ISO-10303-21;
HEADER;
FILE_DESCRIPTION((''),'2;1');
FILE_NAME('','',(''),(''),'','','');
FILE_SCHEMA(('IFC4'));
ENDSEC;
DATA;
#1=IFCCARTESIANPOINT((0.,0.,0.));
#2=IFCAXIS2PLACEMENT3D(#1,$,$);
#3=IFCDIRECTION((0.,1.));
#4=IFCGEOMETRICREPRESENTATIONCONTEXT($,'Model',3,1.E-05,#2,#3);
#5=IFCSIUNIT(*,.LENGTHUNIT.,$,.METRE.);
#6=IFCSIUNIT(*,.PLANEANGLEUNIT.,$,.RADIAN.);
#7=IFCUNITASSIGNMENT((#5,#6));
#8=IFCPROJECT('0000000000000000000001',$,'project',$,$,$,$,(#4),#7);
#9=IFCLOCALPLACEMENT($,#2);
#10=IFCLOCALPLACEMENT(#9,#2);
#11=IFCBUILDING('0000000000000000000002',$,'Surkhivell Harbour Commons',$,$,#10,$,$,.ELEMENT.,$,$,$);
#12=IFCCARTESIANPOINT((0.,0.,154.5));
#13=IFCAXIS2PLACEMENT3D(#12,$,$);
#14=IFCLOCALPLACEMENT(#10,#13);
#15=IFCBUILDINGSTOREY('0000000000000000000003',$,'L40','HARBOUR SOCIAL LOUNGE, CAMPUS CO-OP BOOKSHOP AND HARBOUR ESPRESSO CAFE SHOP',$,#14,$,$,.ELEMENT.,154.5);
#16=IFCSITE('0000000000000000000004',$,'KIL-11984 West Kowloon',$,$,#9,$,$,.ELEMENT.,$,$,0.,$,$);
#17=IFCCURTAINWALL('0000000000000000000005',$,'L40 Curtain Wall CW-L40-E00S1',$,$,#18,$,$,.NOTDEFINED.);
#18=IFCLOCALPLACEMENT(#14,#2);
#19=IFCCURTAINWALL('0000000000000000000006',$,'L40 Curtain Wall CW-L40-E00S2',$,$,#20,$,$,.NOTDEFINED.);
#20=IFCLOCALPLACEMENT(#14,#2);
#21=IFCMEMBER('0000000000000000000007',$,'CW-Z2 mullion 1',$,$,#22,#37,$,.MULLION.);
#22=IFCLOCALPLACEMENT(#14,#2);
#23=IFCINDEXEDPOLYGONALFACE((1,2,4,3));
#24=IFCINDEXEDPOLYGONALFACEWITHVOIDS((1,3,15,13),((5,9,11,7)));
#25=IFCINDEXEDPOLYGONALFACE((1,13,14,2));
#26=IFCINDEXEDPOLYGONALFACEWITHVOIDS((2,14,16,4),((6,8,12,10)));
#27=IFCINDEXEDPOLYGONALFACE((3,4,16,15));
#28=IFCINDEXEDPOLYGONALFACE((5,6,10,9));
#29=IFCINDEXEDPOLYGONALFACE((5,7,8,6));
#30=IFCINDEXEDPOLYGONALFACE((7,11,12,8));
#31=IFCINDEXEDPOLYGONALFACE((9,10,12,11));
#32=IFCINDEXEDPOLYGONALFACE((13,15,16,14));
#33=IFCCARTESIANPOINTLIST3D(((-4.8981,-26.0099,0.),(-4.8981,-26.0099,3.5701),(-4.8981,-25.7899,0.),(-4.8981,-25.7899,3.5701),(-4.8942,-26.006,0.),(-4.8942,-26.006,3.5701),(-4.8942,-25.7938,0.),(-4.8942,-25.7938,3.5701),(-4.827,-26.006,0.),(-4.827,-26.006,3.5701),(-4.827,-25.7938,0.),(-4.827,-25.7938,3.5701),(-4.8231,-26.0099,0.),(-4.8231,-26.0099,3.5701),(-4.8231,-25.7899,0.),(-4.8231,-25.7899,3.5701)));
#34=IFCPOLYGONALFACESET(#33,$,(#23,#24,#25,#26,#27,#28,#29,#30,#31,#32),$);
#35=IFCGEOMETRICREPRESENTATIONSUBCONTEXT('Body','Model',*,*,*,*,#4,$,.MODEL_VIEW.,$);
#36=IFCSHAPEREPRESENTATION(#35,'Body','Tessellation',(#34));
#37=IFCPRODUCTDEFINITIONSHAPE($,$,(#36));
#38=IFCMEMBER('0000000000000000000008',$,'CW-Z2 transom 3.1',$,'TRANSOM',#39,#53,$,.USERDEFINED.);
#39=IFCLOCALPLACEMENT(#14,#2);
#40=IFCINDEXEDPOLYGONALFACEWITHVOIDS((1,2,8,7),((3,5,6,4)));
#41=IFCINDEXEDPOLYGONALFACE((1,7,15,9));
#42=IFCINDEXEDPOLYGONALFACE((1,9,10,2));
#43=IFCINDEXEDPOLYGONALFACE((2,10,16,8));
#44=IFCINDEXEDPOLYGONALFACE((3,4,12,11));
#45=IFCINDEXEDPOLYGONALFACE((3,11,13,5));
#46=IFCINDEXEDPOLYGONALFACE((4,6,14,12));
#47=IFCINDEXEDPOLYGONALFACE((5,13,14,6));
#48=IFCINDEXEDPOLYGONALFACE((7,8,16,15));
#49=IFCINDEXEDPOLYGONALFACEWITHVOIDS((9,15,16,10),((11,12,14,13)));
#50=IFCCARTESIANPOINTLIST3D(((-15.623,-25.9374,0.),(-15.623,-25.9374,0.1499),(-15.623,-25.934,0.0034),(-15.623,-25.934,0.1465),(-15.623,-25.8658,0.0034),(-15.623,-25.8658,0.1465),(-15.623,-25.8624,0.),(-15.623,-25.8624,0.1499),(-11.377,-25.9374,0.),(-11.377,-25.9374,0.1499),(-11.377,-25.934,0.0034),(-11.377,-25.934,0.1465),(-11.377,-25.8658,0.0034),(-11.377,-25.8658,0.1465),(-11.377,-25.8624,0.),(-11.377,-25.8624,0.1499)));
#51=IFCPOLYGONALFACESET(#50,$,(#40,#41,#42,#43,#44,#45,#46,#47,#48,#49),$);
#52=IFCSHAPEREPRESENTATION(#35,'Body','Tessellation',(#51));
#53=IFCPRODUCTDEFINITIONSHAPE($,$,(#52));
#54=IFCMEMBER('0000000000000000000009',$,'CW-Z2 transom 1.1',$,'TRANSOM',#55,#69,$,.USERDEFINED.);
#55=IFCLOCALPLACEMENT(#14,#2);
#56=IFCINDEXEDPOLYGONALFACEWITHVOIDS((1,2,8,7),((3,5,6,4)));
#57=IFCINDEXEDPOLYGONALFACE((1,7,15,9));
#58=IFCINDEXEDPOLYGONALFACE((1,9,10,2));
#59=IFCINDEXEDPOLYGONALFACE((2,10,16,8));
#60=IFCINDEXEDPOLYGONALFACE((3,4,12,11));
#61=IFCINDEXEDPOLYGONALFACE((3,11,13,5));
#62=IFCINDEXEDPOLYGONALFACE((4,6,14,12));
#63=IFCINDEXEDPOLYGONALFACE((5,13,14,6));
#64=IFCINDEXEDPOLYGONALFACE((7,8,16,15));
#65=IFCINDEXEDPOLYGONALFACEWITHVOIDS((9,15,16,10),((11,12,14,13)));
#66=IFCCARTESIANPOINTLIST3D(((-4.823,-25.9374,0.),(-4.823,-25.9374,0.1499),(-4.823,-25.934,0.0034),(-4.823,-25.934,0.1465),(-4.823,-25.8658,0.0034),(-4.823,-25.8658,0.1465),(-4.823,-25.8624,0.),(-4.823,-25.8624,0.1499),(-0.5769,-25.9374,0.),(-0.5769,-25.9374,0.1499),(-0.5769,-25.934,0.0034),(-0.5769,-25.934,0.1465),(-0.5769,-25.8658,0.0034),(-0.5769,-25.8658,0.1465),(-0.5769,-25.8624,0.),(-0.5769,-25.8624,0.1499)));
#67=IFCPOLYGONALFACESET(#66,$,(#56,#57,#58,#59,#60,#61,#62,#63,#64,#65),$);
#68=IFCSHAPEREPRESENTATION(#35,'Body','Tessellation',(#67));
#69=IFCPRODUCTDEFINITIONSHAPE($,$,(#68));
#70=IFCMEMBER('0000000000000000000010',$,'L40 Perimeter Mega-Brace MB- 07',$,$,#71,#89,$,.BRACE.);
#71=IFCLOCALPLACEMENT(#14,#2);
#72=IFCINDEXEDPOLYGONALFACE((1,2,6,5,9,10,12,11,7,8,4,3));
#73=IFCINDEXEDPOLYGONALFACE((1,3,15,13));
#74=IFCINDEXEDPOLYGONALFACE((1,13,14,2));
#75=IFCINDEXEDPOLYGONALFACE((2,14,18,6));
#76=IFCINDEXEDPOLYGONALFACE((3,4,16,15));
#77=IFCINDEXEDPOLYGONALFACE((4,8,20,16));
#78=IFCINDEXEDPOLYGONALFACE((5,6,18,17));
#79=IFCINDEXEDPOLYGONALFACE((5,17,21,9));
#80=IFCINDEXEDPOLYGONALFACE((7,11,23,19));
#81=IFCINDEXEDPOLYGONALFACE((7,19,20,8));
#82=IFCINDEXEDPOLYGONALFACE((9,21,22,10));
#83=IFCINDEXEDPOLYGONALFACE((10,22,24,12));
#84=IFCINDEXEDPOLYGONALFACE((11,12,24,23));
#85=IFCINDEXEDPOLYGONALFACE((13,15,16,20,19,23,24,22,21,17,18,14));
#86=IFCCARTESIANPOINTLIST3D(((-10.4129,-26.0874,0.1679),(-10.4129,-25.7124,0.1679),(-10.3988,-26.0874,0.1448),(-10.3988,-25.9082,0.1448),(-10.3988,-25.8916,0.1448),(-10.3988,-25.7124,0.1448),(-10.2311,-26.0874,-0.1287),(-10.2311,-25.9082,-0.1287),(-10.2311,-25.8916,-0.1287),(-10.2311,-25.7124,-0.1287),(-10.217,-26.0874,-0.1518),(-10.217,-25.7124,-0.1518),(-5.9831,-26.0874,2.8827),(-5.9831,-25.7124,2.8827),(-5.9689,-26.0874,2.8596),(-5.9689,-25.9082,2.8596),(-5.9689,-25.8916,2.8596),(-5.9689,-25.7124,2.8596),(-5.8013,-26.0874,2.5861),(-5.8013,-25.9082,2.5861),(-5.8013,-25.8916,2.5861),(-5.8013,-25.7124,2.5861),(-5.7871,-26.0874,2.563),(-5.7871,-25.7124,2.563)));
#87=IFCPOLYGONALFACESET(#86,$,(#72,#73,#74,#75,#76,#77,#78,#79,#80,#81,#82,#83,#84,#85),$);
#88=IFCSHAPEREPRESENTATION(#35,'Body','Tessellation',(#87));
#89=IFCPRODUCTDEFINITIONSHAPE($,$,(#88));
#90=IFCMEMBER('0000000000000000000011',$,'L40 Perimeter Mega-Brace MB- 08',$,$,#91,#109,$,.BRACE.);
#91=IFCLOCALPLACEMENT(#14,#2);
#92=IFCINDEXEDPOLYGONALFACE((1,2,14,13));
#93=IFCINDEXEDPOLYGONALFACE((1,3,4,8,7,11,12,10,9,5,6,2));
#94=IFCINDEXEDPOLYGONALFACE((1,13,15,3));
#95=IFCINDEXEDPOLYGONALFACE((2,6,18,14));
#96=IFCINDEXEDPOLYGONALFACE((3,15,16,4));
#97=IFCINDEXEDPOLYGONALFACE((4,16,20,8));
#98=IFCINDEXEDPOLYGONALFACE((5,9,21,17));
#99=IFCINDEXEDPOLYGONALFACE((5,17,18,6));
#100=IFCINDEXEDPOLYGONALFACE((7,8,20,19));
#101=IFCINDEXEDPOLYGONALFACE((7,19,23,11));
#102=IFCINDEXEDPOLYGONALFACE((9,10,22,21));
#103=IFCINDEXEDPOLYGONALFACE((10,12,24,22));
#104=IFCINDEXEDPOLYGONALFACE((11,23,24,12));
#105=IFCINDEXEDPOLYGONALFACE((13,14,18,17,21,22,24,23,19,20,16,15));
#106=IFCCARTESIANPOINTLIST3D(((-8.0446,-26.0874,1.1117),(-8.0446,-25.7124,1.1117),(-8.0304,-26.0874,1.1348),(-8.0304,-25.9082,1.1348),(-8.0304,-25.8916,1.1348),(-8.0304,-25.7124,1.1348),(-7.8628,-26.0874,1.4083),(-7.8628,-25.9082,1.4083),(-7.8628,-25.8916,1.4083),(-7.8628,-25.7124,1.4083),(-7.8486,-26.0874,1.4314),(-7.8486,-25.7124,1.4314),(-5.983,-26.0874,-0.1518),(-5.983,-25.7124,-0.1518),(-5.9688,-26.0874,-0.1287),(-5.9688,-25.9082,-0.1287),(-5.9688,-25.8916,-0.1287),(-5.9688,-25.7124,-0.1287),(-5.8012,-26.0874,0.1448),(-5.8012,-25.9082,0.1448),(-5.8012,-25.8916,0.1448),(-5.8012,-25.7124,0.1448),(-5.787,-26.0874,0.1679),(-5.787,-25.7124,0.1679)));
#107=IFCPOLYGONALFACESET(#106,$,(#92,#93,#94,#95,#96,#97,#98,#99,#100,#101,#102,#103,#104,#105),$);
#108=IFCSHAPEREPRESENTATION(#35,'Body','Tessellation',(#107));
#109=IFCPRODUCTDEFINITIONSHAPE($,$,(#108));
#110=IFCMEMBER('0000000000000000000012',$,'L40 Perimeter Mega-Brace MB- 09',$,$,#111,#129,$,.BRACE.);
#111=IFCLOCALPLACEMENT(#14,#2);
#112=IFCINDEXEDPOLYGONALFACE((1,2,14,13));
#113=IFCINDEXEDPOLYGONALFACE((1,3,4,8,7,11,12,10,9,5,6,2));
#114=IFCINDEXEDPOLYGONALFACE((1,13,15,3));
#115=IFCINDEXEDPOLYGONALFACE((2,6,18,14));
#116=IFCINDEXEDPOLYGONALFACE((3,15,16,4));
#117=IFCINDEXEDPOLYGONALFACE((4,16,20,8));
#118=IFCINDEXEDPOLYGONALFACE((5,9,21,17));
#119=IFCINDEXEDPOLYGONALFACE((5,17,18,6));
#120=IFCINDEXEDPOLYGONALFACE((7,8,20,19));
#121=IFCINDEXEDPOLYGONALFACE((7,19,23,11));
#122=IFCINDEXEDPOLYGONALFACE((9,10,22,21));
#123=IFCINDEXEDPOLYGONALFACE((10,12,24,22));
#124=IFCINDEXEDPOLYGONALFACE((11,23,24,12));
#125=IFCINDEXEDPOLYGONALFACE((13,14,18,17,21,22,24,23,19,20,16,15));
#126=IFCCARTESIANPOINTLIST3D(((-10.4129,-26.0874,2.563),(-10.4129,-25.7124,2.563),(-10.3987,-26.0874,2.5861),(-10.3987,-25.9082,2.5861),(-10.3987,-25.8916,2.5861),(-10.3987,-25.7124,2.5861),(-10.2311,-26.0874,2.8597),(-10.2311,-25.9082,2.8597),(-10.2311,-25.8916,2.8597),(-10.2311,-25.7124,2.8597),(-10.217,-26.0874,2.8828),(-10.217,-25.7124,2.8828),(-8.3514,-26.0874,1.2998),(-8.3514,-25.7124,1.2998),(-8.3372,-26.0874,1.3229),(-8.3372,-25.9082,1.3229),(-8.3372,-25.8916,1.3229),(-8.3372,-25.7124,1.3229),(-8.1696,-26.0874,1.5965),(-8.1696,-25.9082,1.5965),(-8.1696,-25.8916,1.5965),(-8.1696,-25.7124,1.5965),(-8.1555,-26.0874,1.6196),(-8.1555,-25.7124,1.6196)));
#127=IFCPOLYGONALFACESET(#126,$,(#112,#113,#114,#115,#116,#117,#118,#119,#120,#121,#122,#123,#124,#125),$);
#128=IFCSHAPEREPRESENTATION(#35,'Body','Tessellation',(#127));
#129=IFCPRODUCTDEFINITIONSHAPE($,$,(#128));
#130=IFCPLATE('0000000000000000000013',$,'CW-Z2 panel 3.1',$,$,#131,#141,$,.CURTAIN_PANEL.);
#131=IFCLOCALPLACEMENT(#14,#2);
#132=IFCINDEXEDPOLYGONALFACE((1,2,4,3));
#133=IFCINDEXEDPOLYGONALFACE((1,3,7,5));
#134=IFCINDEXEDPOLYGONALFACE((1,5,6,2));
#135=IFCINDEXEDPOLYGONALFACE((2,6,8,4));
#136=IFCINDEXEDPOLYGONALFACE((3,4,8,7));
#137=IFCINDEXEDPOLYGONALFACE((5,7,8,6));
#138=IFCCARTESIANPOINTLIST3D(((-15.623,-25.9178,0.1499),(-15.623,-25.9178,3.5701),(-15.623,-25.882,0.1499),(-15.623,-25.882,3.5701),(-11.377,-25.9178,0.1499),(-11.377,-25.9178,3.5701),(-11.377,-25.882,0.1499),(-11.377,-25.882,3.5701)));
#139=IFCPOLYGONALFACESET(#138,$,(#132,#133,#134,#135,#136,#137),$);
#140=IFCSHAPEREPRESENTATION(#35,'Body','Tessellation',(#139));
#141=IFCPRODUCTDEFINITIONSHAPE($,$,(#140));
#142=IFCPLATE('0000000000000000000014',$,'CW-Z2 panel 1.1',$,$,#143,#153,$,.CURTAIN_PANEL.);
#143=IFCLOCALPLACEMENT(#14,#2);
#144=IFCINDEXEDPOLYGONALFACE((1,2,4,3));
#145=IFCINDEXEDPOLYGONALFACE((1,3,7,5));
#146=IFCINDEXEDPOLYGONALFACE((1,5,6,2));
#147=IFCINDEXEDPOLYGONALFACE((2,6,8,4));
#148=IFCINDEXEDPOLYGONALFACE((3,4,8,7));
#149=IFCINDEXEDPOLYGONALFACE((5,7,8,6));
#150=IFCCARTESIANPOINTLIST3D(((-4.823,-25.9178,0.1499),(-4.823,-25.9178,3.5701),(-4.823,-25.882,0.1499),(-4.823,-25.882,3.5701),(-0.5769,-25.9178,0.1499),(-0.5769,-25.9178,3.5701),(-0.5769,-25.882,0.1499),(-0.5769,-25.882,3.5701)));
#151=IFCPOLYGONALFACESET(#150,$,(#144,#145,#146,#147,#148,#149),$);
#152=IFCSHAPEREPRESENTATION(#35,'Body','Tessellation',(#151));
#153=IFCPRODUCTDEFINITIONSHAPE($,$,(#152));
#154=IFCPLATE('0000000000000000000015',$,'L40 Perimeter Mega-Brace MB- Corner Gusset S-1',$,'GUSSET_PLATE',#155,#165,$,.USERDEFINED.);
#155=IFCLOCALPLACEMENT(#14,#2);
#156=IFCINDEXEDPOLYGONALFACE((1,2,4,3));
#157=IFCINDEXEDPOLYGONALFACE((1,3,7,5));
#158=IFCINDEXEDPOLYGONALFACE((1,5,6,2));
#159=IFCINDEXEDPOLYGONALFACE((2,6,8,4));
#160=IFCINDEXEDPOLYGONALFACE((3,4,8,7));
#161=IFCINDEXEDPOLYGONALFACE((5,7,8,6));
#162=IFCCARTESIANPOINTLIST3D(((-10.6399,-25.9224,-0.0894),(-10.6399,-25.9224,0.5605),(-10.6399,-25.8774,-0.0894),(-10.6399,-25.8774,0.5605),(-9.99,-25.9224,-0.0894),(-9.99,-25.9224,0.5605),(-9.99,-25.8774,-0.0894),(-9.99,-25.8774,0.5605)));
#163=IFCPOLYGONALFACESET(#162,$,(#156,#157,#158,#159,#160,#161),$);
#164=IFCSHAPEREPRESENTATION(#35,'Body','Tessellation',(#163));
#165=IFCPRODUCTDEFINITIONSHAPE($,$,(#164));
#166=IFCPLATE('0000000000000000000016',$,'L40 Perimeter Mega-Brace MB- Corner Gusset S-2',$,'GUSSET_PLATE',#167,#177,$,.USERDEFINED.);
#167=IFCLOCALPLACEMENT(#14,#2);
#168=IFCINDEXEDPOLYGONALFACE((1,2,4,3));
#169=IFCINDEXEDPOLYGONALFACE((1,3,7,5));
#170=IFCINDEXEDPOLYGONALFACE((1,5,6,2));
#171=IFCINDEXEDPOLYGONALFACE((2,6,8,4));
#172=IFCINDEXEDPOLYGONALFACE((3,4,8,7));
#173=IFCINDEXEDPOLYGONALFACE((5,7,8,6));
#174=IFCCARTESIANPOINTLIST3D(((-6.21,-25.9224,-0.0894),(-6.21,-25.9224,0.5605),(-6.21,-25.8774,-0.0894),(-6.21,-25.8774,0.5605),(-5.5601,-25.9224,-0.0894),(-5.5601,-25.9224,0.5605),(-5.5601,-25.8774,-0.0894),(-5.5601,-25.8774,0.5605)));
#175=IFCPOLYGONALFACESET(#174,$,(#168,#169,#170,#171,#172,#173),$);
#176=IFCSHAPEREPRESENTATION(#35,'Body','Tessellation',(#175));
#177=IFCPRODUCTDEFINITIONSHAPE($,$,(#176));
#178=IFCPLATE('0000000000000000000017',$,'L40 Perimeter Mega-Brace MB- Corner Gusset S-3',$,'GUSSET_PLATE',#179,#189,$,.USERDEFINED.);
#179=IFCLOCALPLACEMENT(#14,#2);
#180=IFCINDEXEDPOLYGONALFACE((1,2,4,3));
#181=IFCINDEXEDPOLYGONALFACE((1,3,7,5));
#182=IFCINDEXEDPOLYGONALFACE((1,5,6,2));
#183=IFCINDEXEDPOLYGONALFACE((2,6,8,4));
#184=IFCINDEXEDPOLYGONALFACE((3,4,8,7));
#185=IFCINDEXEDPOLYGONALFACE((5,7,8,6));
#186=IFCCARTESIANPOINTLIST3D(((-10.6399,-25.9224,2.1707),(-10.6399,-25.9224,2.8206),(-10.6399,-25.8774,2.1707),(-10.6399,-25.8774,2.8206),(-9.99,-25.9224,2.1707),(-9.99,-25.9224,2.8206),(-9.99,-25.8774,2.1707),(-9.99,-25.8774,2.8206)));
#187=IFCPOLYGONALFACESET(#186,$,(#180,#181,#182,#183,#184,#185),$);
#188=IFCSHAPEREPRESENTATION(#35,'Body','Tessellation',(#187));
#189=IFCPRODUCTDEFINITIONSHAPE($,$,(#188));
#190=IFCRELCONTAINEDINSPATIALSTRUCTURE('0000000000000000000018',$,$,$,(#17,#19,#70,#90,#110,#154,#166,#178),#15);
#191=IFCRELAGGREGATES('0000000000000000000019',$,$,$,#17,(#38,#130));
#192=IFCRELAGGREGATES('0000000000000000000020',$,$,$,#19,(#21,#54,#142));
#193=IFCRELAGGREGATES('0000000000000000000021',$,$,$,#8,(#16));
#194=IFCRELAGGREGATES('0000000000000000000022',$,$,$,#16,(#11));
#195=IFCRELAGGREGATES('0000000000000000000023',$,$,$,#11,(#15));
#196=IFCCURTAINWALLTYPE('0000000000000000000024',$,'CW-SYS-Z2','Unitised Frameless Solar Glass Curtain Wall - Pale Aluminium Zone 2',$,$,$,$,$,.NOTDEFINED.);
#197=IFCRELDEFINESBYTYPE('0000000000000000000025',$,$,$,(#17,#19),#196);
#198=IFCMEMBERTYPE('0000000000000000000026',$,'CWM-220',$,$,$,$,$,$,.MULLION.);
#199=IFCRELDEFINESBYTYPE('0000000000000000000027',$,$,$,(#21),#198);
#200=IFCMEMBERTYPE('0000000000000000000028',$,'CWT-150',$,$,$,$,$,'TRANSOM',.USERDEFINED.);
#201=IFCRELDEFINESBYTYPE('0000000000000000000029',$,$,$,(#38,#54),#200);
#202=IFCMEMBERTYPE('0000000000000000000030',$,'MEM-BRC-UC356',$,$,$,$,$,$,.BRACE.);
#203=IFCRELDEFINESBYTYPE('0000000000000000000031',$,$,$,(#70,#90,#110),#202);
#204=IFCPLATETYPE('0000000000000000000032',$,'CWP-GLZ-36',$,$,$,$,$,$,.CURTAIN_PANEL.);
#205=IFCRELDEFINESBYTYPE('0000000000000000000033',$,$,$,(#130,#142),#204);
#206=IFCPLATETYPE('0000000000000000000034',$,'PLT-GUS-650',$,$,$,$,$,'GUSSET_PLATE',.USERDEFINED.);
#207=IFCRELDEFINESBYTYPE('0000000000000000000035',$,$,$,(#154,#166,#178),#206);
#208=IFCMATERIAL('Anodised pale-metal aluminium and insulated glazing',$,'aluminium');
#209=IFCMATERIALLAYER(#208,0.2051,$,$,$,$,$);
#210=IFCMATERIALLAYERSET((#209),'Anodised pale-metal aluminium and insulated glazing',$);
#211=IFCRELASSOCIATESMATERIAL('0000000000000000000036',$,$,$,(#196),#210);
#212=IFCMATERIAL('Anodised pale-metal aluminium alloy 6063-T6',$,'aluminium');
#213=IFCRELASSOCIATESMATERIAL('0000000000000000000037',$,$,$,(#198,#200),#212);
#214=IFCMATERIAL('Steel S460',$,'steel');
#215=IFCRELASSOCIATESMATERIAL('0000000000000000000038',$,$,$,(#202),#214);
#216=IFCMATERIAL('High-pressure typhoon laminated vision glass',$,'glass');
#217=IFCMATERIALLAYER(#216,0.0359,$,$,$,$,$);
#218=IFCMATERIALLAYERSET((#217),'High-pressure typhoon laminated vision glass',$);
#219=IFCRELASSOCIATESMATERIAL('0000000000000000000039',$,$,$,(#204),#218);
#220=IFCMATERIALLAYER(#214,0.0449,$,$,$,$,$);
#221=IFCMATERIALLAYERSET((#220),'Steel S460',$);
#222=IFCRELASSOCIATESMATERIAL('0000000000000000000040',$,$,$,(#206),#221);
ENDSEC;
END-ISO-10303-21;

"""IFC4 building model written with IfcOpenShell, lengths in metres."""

from ifc_helpers import new_model, si_unit, direction, frame, frame_2d, origin, origin_2d, place, context, subcontext, project, spatial, rectangle, hollow_rectangle, i_section, extrude, material, layer, layer_set, material_profile, profile_set, type_object, element, aggregate, save


model = new_model("IFC4")

# Units and contexts
model_context = context("Model", 3, precision=1e-05, world=origin(), true_north=direction((0.0, 1.0)))
body_context = subcontext(model_context, "Body", "Model", "MODEL_VIEW")
ifc_project = project(units=[si_unit("LENGTHUNIT", "METRE"), si_unit("PLANEANGLEUNIT", "RADIAN")], contexts=[model_context])

# Site, building, storey
site_placement = place(None, origin())
site = spatial("IfcSite", under=ifc_project, at=site_placement, Name="KIL-11984 West Kowloon", CompositionType="ELEMENT", RefElevation=0.0)
building_placement = place(site_placement, origin())
building = spatial("IfcBuilding", under=site, at=building_placement, Name="Surkhivell Harbour Commons", CompositionType="ELEMENT")
storey_placement = place(building_placement, frame((0.0, 0.0, 154.5)))
storey = spatial("IfcBuildingStorey", under=building, at=storey_placement, Name="L40", Description="HARBOUR SOCIAL LOUNGE, CAMPUS CO-OP BOOKSHOP AND HARBOUR ESPRESSO CAFE SHOP", CompositionType="ELEMENT", Elevation=154.5)

# Shared definitions
ifc_material_1 = material(Name="Steel S460", Category="steel")

# Curtain wall
ifc_material_2 = material(Name="Anodised pale-metal aluminium and insulated glazing", Category="aluminium")
ifc_layer_1 = layer(ifc_material_2, 0.2051)
ifc_layer_set_1 = layer_set([ifc_layer_1], Name="Anodised pale-metal aluminium and insulated glazing")
curtain_wall_type = type_object("IfcCurtainWallType", Name="CW-SYS-Z2", Description="Unitised Frameless Solar Glass Curtain Wall - Pale Aluminium Zone 2", PredefinedType="NOTDEFINED", material=ifc_layer_set_1)
curtain_wall_1_placement = place(storey_placement, origin())
curtain_wall_1 = element("IfcCurtainWall", 1, at=curtain_wall_1_placement, inside=storey, type_object=curtain_wall_type, Name="L40 Curtain Wall CW-L40-E00S1", PredefinedType="NOTDEFINED")
ifc_material_3 = material(Name="Anodised pale-metal aluminium alloy 6063-T6", Category="aluminium")
ifc_material_profile_1 = material_profile(ifc_material_3, hollow_rectangle(XDim=0.075, YDim=0.22, WallThickness=0.0039, at=origin_2d()), Name="ALU-MULL-75x220")
ifc_profile_set_1 = profile_set([ifc_material_profile_1], Name="Anodised pale-metal aluminium alloy 6063-T6")
member_type_1 = type_object("IfcMemberType", Name="CWM-220", PredefinedType="MULLION", material=ifc_profile_set_1)

# Curtain wall, member
curtain_wall_2_placement = place(storey_placement, origin())
curtain_wall_2 = element("IfcCurtainWall", 2, at=curtain_wall_2_placement, inside=storey, type_object=curtain_wall_type, Name="L40 Curtain Wall CW-L40-E00S2", PredefinedType="NOTDEFINED")
member_1_placement = place(storey_placement, frame((-4.8606, -25.8999, 0.0), z_axis=(0.0, 0.0, 1.0), x_axis=(1.0, 0.0, 0.0)))
member_1 = element("IfcMember", 3, at=member_1_placement, type_object=member_type_1, Name="CW-Z2 mullion 1", PredefinedType="MULLION", context=body_context, shape_type="SweptSolid", body=[
    extrude(hollow_rectangle(XDim=0.075, YDim=0.22, WallThickness=0.0039, at=origin_2d()), origin(), (0.0, 0.0, 1.0), 3.5701),
])

# Members
ifc_material_profile_2 = material_profile(ifc_material_3, hollow_rectangle(XDim=0.075, YDim=0.1499, WallThickness=0.0034, at=origin_2d()), Name="ALU-TRAN-75x150")
ifc_profile_set_2 = profile_set([ifc_material_profile_2], Name="Anodised pale-metal aluminium alloy 6063-T6")
member_type_2 = type_object("IfcMemberType", Name="CWT-150", ElementType="TRANSOM", PredefinedType="USERDEFINED", material=ifc_profile_set_2)
member_2_placement = place(storey_placement, frame((-15.623, -25.8999, 0.075), z_axis=(1.0, 0.0, 0.0), x_axis=(0.0, 1.0, 0.0)))
member_2 = element("IfcMember", 4, at=member_2_placement, type_object=member_type_2, Name="CW-Z2 transom 3.1", ObjectType="TRANSOM", PredefinedType="USERDEFINED", context=body_context, shape_type="SweptSolid", body=[
    extrude(hollow_rectangle(XDim=0.075, YDim=0.1499, WallThickness=0.0034, at=origin_2d()), origin(), (0.0, 0.0, 1.0), 4.2461),
])
member_3_placement = place(storey_placement, frame((-4.823, -25.8999, 0.075), z_axis=(1.0, 0.0, 0.0), x_axis=(0.0, 1.0, 0.0)))
member_3 = element("IfcMember", 5, at=member_3_placement, type_object=member_type_2, Name="CW-Z2 transom 1.1", ObjectType="TRANSOM", PredefinedType="USERDEFINED", context=body_context, shape_type="SweptSolid", body=[
    extrude(hollow_rectangle(XDim=0.075, YDim=0.1499, WallThickness=0.0034, at=origin_2d()), origin(), (0.0, 0.0, 1.0), 4.2461),
])

# Members
ifc_material_profile_3 = material_profile(ifc_material_1, i_section(OverallWidth=0.375, OverallDepth=0.375, WebThickness=0.0166, FlangeThickness=0.0271, at=origin_2d()), Name="UC356x368x202")
ifc_profile_set_3 = profile_set([ifc_material_profile_3], Name="Steel S460")
member_type_3 = type_object("IfcMemberType", Name="MEM-BRC-UC356", PredefinedType="BRACE", material=ifc_profile_set_3)
member_4_placement = place(storey_placement, frame((-10.3149, -25.8999, 0.0081), z_axis=(0.852625, 0.0, 0.522523), x_axis=(0.0, 1.0, 0.0)))
element("IfcMember", 6, at=member_4_placement, inside=storey, type_object=member_type_3, Name="L40 Perimeter Mega-Brace MB- 07", PredefinedType="BRACE", context=body_context, shape_type="SweptSolid", body=[
    extrude(i_section(OverallWidth=0.375, OverallDepth=0.375, WebThickness=0.0166, FlangeThickness=0.0271, at=origin_2d()), origin(), (0.0, 0.0, 1.0), 5.1956),
])
member_5_placement = place(storey_placement, frame((-5.885, -25.8999, 0.0081), z_axis=(-0.852617, 0.0, 0.522536), x_axis=(0.0, -1.0, 0.0)))
element("IfcMember", 7, at=member_5_placement, inside=storey, type_object=member_type_3, Name="L40 Perimeter Mega-Brace MB- 08", PredefinedType="BRACE", context=body_context, shape_type="SweptSolid", body=[
    extrude(i_section(OverallWidth=0.375, OverallDepth=0.375, WebThickness=0.0166, FlangeThickness=0.0271, at=origin_2d()), origin(), (0.0, 0.0, 1.0), 2.418),
])
member_6_placement = place(storey_placement, frame((-8.2534, -25.8999, 1.4597), z_axis=(-0.852662, 0.0, 0.522463), x_axis=(0.0, -1.0, 0.0)))
element("IfcMember", 8, at=member_6_placement, inside=storey, type_object=member_type_3, Name="L40 Perimeter Mega-Brace MB- 09", PredefinedType="BRACE", context=body_context, shape_type="SweptSolid", body=[
    extrude(i_section(OverallWidth=0.375, OverallDepth=0.375, WebThickness=0.0166, FlangeThickness=0.0271, at=origin_2d()), origin(), (0.0, 0.0, 1.0), 2.4177),
])

# Plates
ifc_material_4 = material(Name="High-pressure typhoon laminated vision glass", Category="glass")
ifc_layer_2 = layer(ifc_material_4, 0.0359)
ifc_layer_set_2 = layer_set([ifc_layer_2], Name="High-pressure typhoon laminated vision glass")
plate_type_1 = type_object("IfcPlateType", Name="CWP-GLZ-36", PredefinedType="CURTAIN_PANEL", material=ifc_layer_set_2)
plate_1_placement = place(storey_placement, frame((-15.623, -25.8999, 0.1499), z_axis=(0.0, 0.0, 1.0), x_axis=(1.0, 0.0, 0.0)))
plate_1 = element("IfcPlate", 9, at=plate_1_placement, type_object=plate_type_1, Name="CW-Z2 panel 3.1", PredefinedType="CURTAIN_PANEL", context=body_context, shape_type="SweptSolid", body=[
    extrude(rectangle(XDim=4.2461, YDim=0.0359, at=frame_2d((2.123, 0.0))), origin(), (0.0, 0.0, 1.0), 3.4202),
])
aggregate(curtain_wall_1, [member_2, plate_1])
plate_2_placement = place(storey_placement, frame((-4.823, -25.8999, 0.1499), z_axis=(0.0, 0.0, 1.0), x_axis=(1.0, 0.0, 0.0)))
plate_2 = element("IfcPlate", 10, at=plate_2_placement, type_object=plate_type_1, Name="CW-Z2 panel 1.1", PredefinedType="CURTAIN_PANEL", context=body_context, shape_type="SweptSolid", body=[
    extrude(rectangle(XDim=4.2461, YDim=0.0359, at=frame_2d((2.123, 0.0))), origin(), (0.0, 0.0, 1.0), 3.4202),
])
aggregate(curtain_wall_2, [member_1, member_3, plate_2])

# Plates
ifc_layer_3 = layer(ifc_material_1, 0.0449)
ifc_layer_set_3 = layer_set([ifc_layer_3], Name="Steel S460")
plate_type_2 = type_object("IfcPlateType", Name="PLT-GUS-650", ElementType="GUSSET_PLATE", PredefinedType="USERDEFINED", material=ifc_layer_set_3)
for number, where, z_axis, x_axis, name in (
    (11, (-10.3149, -25.8999, -0.0894), (0.0, 0.0, 1.0), (1.0, 0.0, 0.0), "L40 Perimeter Mega-Brace MB- Corner Gusset S-1"),
    (12, (-5.885, -25.8999, -0.0894), (0.0, 0.0, 1.0), (1.0, 0.0, 0.0), "L40 Perimeter Mega-Brace MB- Corner Gusset S-2"),
    (13, (-10.3149, -25.8999, 2.1707), (0.0, 0.0, 1.0), (1.0, 0.0, 0.0), "L40 Perimeter Mega-Brace MB- Corner Gusset S-3"),
):
    element("IfcPlate", number, at=place(storey_placement, frame(where, z_axis=z_axis, x_axis=x_axis)), inside=storey, type_object=plate_type_2, Name=name, ObjectType="GUSSET_PLATE", PredefinedType="USERDEFINED", context=body_context, shape_type="SweptSolid", body=[
        extrude(rectangle(XDim=0.6499, YDim=0.0449, at=origin_2d()), origin(), (0.0, 0.0, 1.0), 0.6499),
    ])

save(model, "model.ifc")
